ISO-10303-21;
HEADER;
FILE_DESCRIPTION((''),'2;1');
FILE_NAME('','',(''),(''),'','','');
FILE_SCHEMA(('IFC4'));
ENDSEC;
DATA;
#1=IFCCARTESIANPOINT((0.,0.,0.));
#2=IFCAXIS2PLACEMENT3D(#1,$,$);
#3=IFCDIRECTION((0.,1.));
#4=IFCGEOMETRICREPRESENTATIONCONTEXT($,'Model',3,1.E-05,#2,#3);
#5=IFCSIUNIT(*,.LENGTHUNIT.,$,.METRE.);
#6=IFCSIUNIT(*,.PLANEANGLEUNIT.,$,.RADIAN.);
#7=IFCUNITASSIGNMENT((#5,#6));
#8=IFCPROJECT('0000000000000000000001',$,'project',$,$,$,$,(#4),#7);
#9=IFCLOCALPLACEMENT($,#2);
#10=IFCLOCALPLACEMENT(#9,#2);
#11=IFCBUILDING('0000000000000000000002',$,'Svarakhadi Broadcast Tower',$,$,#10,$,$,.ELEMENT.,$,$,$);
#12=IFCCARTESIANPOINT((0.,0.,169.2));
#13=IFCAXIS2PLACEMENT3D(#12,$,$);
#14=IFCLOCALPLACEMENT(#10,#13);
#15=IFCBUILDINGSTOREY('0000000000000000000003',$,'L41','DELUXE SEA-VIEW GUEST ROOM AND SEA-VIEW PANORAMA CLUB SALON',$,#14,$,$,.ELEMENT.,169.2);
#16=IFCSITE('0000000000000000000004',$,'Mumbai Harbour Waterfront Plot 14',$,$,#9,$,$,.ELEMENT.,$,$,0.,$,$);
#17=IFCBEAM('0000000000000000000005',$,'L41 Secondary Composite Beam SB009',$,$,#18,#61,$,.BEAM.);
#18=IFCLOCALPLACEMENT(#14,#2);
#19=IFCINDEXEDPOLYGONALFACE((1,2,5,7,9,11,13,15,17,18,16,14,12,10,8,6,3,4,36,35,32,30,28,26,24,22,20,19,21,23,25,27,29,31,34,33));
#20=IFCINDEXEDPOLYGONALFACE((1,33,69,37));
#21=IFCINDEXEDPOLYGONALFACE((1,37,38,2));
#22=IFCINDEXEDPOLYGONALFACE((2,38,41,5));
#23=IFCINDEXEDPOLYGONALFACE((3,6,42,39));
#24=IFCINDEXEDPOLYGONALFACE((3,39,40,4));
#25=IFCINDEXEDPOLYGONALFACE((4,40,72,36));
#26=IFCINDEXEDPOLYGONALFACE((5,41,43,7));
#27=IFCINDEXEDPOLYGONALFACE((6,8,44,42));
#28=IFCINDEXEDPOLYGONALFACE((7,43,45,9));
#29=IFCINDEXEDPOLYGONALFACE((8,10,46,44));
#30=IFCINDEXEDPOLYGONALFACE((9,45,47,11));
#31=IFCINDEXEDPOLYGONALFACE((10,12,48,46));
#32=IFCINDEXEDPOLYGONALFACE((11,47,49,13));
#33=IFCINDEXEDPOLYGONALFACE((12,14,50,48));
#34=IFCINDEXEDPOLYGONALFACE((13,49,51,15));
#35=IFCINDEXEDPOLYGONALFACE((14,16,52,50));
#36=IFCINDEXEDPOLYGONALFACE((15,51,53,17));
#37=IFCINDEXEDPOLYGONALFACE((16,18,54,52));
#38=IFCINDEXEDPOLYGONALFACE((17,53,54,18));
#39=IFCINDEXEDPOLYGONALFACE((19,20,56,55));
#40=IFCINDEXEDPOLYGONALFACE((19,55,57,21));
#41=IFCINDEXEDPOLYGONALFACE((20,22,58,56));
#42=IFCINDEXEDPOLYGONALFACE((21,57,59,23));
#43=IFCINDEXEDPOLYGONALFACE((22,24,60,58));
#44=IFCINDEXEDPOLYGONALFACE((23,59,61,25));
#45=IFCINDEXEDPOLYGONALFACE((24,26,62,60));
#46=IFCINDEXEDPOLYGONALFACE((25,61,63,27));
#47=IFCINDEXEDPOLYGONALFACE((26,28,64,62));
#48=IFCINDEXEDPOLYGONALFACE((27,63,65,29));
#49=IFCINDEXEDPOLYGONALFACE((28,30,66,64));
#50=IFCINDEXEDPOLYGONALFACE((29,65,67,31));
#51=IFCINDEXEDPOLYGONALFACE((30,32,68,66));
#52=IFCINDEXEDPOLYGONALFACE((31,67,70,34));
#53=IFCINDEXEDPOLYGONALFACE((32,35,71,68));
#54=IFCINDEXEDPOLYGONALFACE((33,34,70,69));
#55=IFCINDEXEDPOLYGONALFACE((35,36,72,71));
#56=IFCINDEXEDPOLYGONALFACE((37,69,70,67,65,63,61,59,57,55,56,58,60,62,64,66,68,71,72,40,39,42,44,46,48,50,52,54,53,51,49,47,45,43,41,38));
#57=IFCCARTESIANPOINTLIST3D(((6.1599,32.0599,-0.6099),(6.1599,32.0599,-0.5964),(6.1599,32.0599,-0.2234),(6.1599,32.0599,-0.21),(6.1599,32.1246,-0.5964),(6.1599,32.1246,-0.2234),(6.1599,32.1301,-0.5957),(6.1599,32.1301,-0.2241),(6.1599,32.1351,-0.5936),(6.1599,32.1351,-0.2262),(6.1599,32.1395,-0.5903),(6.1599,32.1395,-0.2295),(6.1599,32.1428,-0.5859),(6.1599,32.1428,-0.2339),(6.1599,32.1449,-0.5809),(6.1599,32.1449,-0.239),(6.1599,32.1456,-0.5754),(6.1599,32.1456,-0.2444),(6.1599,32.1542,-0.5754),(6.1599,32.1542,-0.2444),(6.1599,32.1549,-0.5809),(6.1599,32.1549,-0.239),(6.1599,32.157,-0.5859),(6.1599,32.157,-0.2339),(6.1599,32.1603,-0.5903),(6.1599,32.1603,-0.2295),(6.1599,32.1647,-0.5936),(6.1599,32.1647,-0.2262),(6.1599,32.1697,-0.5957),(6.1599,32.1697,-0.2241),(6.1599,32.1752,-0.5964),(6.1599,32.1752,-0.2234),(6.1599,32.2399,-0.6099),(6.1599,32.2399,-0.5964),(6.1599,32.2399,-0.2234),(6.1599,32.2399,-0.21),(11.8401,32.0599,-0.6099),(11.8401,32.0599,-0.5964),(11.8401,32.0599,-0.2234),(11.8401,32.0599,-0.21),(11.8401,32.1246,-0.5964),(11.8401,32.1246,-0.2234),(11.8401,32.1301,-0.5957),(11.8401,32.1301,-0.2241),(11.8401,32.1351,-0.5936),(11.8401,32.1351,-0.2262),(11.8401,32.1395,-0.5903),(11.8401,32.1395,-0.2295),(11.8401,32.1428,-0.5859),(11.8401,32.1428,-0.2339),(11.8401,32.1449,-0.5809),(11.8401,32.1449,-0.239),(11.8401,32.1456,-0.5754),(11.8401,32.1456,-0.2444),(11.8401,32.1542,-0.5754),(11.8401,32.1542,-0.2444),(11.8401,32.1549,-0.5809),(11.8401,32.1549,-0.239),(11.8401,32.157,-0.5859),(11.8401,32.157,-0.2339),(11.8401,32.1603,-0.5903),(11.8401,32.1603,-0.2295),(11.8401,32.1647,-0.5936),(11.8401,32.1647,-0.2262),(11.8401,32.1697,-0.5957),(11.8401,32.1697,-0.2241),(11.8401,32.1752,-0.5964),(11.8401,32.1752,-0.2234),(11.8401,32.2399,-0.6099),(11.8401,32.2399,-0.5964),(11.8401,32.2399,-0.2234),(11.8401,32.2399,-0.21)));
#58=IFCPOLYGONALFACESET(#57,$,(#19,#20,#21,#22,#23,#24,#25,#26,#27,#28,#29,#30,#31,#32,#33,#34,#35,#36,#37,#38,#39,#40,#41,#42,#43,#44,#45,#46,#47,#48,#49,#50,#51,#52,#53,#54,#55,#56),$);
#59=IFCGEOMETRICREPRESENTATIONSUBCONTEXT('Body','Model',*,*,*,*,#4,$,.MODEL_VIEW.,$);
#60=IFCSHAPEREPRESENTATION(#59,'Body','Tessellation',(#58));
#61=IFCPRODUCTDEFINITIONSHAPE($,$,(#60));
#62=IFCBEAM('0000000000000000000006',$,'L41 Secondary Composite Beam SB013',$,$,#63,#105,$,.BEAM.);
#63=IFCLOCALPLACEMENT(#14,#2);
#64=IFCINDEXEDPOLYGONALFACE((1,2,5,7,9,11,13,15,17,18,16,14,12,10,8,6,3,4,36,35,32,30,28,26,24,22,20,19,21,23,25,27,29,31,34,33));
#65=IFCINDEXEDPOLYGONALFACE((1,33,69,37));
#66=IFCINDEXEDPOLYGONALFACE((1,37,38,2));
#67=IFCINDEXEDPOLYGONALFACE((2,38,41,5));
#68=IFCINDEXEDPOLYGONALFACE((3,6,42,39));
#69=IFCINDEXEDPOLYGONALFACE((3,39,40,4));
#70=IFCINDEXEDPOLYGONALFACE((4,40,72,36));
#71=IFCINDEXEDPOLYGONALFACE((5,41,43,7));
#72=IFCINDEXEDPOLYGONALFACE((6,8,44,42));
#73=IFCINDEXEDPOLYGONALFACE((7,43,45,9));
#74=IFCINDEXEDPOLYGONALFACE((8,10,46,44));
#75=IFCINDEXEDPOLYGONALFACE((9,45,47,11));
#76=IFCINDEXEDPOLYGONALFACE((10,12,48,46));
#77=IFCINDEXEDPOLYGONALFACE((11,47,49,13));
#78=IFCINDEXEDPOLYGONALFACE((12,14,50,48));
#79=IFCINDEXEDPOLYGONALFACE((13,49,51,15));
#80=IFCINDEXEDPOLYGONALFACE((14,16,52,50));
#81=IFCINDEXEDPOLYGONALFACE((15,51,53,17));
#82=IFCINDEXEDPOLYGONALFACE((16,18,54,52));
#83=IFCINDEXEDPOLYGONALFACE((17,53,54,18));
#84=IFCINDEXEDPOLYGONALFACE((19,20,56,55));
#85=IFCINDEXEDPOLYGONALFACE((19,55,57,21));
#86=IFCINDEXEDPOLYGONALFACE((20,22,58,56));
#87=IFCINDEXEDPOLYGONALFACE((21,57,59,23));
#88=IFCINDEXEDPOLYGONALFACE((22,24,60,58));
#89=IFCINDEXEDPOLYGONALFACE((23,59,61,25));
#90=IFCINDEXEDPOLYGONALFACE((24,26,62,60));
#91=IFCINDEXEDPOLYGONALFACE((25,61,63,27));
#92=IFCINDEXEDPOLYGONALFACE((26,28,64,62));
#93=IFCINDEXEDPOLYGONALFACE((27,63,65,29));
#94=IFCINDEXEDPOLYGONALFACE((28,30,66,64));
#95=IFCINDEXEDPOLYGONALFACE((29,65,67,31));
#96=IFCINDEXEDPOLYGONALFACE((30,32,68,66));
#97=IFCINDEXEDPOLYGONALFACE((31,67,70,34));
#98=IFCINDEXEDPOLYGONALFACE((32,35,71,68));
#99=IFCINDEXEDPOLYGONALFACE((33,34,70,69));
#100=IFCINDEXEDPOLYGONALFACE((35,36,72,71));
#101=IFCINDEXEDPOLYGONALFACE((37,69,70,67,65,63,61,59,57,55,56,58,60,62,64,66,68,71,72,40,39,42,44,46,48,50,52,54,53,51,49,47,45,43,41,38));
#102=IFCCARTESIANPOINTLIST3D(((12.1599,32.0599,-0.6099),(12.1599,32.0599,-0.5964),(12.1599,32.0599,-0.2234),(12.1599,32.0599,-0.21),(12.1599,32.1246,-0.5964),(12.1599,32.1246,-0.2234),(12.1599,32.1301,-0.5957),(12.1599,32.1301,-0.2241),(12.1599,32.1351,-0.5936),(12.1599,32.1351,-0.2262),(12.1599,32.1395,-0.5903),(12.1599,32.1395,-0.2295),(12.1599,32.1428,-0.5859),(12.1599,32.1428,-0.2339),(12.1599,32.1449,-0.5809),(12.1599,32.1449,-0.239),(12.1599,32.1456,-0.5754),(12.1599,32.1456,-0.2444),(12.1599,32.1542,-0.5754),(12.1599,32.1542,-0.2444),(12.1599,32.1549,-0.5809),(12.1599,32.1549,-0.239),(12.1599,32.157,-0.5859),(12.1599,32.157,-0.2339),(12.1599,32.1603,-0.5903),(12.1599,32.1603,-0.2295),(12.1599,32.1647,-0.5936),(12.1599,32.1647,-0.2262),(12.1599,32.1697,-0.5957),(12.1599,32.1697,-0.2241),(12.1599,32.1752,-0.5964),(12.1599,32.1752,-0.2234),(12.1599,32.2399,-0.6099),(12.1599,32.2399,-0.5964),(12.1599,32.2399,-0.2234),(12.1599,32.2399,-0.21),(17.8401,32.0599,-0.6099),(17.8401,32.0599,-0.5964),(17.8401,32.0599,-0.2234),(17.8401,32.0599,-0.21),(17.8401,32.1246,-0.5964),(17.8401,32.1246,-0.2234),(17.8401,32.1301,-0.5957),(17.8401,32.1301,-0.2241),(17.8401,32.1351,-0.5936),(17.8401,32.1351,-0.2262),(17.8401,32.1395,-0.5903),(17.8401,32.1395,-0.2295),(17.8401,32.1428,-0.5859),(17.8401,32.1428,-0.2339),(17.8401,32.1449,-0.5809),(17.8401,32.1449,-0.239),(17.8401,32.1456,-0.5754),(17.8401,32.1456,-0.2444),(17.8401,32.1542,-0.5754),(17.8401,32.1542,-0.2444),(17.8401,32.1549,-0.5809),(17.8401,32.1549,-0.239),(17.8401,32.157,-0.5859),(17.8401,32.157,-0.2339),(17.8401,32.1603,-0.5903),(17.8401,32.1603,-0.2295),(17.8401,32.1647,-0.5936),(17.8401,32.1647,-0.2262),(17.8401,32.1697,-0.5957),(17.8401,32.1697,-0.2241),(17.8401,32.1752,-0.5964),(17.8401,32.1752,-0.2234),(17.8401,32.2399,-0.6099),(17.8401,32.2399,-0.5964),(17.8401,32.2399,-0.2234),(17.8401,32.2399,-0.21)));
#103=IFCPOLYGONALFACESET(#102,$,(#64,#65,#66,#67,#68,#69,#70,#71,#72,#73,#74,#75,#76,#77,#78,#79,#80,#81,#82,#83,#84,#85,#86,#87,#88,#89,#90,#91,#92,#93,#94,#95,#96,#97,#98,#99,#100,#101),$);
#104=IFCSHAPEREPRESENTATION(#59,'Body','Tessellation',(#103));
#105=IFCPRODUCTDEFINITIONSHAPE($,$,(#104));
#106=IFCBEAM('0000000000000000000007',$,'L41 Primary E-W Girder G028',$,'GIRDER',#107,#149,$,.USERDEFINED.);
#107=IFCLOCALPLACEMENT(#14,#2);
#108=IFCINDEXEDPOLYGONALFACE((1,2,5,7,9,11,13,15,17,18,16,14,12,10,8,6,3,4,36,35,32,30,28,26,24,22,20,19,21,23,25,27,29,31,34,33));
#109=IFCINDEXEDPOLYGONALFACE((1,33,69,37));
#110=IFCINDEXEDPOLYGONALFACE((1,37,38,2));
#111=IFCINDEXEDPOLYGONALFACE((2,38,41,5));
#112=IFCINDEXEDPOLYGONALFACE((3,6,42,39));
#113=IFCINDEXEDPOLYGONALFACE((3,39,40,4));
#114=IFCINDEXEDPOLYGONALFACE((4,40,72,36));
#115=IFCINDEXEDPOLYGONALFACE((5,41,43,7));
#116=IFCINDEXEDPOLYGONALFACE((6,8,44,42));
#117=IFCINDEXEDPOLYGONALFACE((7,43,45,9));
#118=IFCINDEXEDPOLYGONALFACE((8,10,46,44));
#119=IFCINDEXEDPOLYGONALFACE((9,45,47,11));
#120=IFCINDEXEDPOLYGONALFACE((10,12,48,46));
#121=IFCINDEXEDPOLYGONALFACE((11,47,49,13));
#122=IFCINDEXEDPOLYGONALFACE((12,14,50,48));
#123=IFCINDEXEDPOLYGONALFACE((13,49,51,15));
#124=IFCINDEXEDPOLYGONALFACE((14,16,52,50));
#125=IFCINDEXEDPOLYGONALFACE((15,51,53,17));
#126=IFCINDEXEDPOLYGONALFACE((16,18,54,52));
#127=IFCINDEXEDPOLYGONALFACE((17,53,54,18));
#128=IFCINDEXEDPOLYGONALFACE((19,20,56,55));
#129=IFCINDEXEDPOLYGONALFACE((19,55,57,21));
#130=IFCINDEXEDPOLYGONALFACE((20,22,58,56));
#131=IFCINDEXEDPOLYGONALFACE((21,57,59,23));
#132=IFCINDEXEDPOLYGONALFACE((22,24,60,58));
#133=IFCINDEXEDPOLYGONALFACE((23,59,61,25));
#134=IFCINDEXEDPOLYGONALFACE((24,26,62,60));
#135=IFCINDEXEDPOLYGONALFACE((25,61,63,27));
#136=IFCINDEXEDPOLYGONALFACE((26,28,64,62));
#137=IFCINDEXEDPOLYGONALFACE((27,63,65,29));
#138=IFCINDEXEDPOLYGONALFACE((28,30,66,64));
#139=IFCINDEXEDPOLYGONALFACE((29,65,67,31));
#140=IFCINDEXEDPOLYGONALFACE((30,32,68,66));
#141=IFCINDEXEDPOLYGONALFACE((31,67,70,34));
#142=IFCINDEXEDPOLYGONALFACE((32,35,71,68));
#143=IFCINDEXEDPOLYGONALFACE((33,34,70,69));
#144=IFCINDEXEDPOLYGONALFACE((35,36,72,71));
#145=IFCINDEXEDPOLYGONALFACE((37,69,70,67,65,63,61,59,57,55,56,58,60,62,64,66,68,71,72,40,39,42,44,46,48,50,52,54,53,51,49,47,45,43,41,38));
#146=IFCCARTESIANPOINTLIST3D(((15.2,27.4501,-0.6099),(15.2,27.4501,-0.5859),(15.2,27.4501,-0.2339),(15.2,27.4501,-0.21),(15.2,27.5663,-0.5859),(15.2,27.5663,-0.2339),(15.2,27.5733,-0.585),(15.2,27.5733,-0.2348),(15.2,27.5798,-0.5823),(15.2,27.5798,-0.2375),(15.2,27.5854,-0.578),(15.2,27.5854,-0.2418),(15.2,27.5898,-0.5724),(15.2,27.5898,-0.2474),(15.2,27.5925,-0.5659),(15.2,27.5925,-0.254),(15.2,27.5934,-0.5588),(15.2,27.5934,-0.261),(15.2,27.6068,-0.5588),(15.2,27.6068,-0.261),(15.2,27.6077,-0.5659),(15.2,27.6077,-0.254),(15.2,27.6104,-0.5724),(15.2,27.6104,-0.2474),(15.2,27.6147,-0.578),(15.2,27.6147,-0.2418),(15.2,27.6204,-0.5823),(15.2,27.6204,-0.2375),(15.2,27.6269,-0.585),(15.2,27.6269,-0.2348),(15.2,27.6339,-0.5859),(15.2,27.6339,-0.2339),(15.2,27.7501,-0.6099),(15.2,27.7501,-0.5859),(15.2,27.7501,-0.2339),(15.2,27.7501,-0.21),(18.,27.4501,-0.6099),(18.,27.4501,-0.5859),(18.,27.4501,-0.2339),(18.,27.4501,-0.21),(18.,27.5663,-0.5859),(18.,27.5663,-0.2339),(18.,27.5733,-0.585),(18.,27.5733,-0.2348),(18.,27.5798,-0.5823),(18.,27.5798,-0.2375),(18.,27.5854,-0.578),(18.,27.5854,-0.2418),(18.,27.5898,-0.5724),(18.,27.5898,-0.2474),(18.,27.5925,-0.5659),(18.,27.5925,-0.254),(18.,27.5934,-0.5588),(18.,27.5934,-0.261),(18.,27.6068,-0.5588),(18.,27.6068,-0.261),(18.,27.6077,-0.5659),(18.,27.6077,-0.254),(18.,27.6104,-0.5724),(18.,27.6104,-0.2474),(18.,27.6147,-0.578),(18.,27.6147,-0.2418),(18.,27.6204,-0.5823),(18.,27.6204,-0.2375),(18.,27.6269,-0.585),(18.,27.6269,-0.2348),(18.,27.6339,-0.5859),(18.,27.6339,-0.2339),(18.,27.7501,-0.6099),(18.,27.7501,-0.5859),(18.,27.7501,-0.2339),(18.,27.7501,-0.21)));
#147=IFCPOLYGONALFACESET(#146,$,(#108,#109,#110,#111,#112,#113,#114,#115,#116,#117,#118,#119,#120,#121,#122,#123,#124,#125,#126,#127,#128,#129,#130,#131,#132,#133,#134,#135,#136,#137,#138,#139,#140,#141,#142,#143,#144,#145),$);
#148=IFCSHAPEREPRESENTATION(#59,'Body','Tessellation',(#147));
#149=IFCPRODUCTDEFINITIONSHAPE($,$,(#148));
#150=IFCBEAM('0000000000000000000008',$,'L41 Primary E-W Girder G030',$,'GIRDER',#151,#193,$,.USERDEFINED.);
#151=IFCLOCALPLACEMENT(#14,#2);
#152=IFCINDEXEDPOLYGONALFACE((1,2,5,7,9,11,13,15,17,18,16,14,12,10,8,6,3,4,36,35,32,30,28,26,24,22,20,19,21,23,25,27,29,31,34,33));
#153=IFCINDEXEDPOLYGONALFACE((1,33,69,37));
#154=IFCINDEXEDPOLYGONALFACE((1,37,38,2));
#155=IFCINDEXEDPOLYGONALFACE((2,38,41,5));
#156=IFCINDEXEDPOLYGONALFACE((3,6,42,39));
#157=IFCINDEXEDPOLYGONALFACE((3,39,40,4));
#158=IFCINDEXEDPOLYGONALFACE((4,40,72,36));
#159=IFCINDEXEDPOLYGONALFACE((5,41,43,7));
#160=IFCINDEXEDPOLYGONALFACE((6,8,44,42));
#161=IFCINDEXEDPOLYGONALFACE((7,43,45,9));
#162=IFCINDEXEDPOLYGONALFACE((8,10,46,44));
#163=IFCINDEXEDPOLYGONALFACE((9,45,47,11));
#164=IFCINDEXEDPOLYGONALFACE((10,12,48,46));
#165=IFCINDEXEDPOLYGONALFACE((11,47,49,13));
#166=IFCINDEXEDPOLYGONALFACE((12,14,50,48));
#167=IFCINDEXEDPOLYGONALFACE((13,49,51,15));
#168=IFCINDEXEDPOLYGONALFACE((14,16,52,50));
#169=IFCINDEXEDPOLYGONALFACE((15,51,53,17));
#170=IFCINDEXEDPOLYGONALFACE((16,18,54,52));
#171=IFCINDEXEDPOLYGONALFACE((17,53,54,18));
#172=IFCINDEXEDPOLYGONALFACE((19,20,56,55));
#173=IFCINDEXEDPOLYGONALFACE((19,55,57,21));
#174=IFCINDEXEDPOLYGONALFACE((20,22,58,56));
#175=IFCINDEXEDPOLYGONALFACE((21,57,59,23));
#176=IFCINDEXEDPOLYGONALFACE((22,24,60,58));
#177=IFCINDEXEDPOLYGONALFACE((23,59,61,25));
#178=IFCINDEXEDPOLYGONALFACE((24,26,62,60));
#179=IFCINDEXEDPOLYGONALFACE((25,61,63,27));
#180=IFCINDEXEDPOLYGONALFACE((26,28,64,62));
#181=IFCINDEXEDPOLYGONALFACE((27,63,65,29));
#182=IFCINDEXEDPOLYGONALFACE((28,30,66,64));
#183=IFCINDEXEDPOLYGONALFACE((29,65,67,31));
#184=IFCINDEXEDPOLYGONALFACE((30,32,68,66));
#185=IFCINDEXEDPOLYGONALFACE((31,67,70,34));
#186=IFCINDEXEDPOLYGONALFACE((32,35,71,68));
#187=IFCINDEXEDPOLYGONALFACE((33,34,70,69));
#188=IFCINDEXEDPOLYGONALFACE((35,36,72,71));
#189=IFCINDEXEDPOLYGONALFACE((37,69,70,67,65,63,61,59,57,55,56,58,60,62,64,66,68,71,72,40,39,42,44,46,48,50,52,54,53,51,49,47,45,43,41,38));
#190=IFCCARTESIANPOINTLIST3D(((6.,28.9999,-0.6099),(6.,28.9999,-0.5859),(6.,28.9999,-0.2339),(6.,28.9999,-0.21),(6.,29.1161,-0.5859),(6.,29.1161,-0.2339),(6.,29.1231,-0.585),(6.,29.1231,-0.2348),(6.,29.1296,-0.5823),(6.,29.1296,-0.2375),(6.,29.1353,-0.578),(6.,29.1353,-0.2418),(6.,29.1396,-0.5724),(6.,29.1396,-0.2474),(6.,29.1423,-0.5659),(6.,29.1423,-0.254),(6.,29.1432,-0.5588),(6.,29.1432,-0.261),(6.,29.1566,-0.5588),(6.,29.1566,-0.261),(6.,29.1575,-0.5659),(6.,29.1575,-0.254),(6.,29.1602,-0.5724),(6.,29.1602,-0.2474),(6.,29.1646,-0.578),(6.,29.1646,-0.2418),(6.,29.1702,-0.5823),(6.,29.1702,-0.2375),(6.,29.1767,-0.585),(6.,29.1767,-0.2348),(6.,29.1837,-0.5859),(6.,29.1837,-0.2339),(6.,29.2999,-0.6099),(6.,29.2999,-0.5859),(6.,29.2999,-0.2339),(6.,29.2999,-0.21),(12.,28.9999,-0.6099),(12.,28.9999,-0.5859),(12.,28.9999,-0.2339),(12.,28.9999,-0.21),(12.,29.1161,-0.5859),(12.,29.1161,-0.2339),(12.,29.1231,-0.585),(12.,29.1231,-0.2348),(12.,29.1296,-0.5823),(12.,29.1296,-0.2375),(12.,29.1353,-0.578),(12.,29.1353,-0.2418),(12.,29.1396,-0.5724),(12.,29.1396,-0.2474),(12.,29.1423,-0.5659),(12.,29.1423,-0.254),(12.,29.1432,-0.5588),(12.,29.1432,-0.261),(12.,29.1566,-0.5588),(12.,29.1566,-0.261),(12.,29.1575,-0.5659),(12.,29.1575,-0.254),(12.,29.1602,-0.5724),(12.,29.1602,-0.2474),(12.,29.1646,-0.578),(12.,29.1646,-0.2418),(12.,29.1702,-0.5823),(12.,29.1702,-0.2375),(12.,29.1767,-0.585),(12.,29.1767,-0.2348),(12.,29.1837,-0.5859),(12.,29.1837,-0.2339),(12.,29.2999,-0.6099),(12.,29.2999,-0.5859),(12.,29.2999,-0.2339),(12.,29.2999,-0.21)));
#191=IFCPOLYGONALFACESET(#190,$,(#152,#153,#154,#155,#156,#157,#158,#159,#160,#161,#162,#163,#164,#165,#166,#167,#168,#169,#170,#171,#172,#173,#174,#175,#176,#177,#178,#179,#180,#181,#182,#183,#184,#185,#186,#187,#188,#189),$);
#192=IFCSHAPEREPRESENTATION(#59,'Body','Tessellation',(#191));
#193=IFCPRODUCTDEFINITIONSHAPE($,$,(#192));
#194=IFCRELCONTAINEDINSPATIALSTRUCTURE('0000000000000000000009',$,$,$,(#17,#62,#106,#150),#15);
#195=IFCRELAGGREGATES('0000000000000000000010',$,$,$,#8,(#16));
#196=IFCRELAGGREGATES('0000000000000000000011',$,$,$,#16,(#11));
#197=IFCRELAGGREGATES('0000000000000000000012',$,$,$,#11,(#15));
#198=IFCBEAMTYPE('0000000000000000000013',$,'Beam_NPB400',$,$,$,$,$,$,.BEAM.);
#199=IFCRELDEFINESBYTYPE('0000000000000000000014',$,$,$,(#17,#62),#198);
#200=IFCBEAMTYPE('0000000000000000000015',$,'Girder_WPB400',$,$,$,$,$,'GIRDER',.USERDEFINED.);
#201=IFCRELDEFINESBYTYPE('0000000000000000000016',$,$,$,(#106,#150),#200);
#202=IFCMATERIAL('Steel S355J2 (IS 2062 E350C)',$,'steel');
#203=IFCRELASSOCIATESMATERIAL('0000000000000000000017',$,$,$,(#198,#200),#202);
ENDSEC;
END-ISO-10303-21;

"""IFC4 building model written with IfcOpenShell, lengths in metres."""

from ifc_helpers import new_model, si_unit, direction, frame, origin, origin_2d, place, context, subcontext, project, spatial, i_section, extrude, material, material_profile, profile_set, type_object, element, save


model = new_model("IFC4")

# Units and contexts
model_context = context("Model", 3, precision=1e-05, world=origin(), true_north=direction((0.0, 1.0)))
body_context = subcontext(model_context, "Body", "Model", "MODEL_VIEW")
ifc_project = project(units=[si_unit("LENGTHUNIT", "METRE"), si_unit("PLANEANGLEUNIT", "RADIAN")], contexts=[model_context])

# Site, building, storey
site_placement = place(None, origin())
site = spatial("IfcSite", under=ifc_project, at=site_placement, Name="Mumbai Harbour Waterfront Plot 14", CompositionType="ELEMENT", RefElevation=0.0)
building_placement = place(site_placement, origin())
building = spatial("IfcBuilding", under=site, at=building_placement, Name="Svarakhadi Broadcast Tower", CompositionType="ELEMENT")
storey_placement = place(building_placement, frame((0.0, 0.0, 169.2)))
storey = spatial("IfcBuildingStorey", under=building, at=storey_placement, Name="L41", Description="DELUXE SEA-VIEW GUEST ROOM AND SEA-VIEW PANORAMA CLUB SALON", CompositionType="ELEMENT", Elevation=169.2)

# Beams
ifc_material_1 = material(Name="Steel S355J2 (IS 2062 E350C)", Category="steel")
ifc_material_profile_1 = material_profile(ifc_material_1, i_section(OverallWidth=0.1799, OverallDepth=0.3999, WebThickness=0.0085, FlangeThickness=0.0134, FilletRadius=0.021, at=origin_2d()), Name="NPB 400x180x66")
ifc_profile_set_1 = profile_set([ifc_material_profile_1], Name="Steel S355J2 (IS 2062 E350C)")
beam_type_1 = type_object("IfcBeamType", Name="Beam_NPB400", PredefinedType="BEAM", material=ifc_profile_set_1)
for number, where, z_axis, x_axis, name in (
    (1, (6.1599, 32.1499, -0.4099), (1.0, 0.0, 0.0), (0.0, 1.0, 0.0), "L41 Secondary Composite Beam SB009"),
    (2, (12.1599, 32.1499, -0.4099), (1.0, 0.0, 0.0), (0.0, 1.0, 0.0), "L41 Secondary Composite Beam SB013"),
):
    element("IfcBeam", number, at=place(storey_placement, frame(where, z_axis=z_axis, x_axis=x_axis)), inside=storey, type_object=beam_type_1, Name=name, PredefinedType="BEAM", context=body_context, shape_type="SweptSolid", body=[
        extrude(i_section(OverallWidth=0.1799, OverallDepth=0.3999, WebThickness=0.0085, FlangeThickness=0.0134, FilletRadius=0.021, at=origin_2d()), origin(), (0.0, 0.0, 1.0), 5.6802),
    ])
ifc_material_profile_2 = material_profile(ifc_material_1, i_section(OverallWidth=0.3, OverallDepth=0.3999, WebThickness=0.0134, FlangeThickness=0.0239, FilletRadius=0.0271, at=origin_2d()), Name="WPB 400x300x155")
ifc_profile_set_2 = profile_set([ifc_material_profile_2], Name="Steel S355J2 (IS 2062 E350C)")
beam_type_2 = type_object("IfcBeamType", Name="Girder_WPB400", ElementType="GIRDER", PredefinedType="USERDEFINED", material=ifc_profile_set_2)
beam_placement = place(storey_placement, frame((15.2, 27.6001, -0.4099), z_axis=(1.0, 0.0, 0.0), x_axis=(0.0, 1.0, 0.0)))
element("IfcBeam", 3, at=beam_placement, inside=storey, type_object=beam_type_2, Name="L41 Primary E-W Girder G028", ObjectType="GIRDER", PredefinedType="USERDEFINED", context=body_context, shape_type="SweptSolid", body=[
    extrude(i_section(OverallWidth=0.3, OverallDepth=0.3999, WebThickness=0.0134, FlangeThickness=0.0239, FilletRadius=0.0271, at=origin_2d()), origin(), (0.0, 0.0, 1.0), 2.8),
])
for number, where, z_axis, x_axis, name in (
    (4, (6.0, 29.1499, -0.4099), (1.0, 0.0, 0.0), (0.0, 1.0, 0.0), "L41 Primary E-W Girder G030"),
):
    element("IfcBeam", number, at=place(storey_placement, frame(where, z_axis=z_axis, x_axis=x_axis)), inside=storey, type_object=beam_type_2, Name=name, ObjectType="GIRDER", PredefinedType="USERDEFINED", context=body_context, shape_type="SweptSolid", body=[
        extrude(i_section(OverallWidth=0.3, OverallDepth=0.3999, WebThickness=0.0134, FlangeThickness=0.0239, FilletRadius=0.0271, at=origin_2d()), origin(), (0.0, 0.0, 1.0), 6.0),
    ])

save(model, "model.ifc")
